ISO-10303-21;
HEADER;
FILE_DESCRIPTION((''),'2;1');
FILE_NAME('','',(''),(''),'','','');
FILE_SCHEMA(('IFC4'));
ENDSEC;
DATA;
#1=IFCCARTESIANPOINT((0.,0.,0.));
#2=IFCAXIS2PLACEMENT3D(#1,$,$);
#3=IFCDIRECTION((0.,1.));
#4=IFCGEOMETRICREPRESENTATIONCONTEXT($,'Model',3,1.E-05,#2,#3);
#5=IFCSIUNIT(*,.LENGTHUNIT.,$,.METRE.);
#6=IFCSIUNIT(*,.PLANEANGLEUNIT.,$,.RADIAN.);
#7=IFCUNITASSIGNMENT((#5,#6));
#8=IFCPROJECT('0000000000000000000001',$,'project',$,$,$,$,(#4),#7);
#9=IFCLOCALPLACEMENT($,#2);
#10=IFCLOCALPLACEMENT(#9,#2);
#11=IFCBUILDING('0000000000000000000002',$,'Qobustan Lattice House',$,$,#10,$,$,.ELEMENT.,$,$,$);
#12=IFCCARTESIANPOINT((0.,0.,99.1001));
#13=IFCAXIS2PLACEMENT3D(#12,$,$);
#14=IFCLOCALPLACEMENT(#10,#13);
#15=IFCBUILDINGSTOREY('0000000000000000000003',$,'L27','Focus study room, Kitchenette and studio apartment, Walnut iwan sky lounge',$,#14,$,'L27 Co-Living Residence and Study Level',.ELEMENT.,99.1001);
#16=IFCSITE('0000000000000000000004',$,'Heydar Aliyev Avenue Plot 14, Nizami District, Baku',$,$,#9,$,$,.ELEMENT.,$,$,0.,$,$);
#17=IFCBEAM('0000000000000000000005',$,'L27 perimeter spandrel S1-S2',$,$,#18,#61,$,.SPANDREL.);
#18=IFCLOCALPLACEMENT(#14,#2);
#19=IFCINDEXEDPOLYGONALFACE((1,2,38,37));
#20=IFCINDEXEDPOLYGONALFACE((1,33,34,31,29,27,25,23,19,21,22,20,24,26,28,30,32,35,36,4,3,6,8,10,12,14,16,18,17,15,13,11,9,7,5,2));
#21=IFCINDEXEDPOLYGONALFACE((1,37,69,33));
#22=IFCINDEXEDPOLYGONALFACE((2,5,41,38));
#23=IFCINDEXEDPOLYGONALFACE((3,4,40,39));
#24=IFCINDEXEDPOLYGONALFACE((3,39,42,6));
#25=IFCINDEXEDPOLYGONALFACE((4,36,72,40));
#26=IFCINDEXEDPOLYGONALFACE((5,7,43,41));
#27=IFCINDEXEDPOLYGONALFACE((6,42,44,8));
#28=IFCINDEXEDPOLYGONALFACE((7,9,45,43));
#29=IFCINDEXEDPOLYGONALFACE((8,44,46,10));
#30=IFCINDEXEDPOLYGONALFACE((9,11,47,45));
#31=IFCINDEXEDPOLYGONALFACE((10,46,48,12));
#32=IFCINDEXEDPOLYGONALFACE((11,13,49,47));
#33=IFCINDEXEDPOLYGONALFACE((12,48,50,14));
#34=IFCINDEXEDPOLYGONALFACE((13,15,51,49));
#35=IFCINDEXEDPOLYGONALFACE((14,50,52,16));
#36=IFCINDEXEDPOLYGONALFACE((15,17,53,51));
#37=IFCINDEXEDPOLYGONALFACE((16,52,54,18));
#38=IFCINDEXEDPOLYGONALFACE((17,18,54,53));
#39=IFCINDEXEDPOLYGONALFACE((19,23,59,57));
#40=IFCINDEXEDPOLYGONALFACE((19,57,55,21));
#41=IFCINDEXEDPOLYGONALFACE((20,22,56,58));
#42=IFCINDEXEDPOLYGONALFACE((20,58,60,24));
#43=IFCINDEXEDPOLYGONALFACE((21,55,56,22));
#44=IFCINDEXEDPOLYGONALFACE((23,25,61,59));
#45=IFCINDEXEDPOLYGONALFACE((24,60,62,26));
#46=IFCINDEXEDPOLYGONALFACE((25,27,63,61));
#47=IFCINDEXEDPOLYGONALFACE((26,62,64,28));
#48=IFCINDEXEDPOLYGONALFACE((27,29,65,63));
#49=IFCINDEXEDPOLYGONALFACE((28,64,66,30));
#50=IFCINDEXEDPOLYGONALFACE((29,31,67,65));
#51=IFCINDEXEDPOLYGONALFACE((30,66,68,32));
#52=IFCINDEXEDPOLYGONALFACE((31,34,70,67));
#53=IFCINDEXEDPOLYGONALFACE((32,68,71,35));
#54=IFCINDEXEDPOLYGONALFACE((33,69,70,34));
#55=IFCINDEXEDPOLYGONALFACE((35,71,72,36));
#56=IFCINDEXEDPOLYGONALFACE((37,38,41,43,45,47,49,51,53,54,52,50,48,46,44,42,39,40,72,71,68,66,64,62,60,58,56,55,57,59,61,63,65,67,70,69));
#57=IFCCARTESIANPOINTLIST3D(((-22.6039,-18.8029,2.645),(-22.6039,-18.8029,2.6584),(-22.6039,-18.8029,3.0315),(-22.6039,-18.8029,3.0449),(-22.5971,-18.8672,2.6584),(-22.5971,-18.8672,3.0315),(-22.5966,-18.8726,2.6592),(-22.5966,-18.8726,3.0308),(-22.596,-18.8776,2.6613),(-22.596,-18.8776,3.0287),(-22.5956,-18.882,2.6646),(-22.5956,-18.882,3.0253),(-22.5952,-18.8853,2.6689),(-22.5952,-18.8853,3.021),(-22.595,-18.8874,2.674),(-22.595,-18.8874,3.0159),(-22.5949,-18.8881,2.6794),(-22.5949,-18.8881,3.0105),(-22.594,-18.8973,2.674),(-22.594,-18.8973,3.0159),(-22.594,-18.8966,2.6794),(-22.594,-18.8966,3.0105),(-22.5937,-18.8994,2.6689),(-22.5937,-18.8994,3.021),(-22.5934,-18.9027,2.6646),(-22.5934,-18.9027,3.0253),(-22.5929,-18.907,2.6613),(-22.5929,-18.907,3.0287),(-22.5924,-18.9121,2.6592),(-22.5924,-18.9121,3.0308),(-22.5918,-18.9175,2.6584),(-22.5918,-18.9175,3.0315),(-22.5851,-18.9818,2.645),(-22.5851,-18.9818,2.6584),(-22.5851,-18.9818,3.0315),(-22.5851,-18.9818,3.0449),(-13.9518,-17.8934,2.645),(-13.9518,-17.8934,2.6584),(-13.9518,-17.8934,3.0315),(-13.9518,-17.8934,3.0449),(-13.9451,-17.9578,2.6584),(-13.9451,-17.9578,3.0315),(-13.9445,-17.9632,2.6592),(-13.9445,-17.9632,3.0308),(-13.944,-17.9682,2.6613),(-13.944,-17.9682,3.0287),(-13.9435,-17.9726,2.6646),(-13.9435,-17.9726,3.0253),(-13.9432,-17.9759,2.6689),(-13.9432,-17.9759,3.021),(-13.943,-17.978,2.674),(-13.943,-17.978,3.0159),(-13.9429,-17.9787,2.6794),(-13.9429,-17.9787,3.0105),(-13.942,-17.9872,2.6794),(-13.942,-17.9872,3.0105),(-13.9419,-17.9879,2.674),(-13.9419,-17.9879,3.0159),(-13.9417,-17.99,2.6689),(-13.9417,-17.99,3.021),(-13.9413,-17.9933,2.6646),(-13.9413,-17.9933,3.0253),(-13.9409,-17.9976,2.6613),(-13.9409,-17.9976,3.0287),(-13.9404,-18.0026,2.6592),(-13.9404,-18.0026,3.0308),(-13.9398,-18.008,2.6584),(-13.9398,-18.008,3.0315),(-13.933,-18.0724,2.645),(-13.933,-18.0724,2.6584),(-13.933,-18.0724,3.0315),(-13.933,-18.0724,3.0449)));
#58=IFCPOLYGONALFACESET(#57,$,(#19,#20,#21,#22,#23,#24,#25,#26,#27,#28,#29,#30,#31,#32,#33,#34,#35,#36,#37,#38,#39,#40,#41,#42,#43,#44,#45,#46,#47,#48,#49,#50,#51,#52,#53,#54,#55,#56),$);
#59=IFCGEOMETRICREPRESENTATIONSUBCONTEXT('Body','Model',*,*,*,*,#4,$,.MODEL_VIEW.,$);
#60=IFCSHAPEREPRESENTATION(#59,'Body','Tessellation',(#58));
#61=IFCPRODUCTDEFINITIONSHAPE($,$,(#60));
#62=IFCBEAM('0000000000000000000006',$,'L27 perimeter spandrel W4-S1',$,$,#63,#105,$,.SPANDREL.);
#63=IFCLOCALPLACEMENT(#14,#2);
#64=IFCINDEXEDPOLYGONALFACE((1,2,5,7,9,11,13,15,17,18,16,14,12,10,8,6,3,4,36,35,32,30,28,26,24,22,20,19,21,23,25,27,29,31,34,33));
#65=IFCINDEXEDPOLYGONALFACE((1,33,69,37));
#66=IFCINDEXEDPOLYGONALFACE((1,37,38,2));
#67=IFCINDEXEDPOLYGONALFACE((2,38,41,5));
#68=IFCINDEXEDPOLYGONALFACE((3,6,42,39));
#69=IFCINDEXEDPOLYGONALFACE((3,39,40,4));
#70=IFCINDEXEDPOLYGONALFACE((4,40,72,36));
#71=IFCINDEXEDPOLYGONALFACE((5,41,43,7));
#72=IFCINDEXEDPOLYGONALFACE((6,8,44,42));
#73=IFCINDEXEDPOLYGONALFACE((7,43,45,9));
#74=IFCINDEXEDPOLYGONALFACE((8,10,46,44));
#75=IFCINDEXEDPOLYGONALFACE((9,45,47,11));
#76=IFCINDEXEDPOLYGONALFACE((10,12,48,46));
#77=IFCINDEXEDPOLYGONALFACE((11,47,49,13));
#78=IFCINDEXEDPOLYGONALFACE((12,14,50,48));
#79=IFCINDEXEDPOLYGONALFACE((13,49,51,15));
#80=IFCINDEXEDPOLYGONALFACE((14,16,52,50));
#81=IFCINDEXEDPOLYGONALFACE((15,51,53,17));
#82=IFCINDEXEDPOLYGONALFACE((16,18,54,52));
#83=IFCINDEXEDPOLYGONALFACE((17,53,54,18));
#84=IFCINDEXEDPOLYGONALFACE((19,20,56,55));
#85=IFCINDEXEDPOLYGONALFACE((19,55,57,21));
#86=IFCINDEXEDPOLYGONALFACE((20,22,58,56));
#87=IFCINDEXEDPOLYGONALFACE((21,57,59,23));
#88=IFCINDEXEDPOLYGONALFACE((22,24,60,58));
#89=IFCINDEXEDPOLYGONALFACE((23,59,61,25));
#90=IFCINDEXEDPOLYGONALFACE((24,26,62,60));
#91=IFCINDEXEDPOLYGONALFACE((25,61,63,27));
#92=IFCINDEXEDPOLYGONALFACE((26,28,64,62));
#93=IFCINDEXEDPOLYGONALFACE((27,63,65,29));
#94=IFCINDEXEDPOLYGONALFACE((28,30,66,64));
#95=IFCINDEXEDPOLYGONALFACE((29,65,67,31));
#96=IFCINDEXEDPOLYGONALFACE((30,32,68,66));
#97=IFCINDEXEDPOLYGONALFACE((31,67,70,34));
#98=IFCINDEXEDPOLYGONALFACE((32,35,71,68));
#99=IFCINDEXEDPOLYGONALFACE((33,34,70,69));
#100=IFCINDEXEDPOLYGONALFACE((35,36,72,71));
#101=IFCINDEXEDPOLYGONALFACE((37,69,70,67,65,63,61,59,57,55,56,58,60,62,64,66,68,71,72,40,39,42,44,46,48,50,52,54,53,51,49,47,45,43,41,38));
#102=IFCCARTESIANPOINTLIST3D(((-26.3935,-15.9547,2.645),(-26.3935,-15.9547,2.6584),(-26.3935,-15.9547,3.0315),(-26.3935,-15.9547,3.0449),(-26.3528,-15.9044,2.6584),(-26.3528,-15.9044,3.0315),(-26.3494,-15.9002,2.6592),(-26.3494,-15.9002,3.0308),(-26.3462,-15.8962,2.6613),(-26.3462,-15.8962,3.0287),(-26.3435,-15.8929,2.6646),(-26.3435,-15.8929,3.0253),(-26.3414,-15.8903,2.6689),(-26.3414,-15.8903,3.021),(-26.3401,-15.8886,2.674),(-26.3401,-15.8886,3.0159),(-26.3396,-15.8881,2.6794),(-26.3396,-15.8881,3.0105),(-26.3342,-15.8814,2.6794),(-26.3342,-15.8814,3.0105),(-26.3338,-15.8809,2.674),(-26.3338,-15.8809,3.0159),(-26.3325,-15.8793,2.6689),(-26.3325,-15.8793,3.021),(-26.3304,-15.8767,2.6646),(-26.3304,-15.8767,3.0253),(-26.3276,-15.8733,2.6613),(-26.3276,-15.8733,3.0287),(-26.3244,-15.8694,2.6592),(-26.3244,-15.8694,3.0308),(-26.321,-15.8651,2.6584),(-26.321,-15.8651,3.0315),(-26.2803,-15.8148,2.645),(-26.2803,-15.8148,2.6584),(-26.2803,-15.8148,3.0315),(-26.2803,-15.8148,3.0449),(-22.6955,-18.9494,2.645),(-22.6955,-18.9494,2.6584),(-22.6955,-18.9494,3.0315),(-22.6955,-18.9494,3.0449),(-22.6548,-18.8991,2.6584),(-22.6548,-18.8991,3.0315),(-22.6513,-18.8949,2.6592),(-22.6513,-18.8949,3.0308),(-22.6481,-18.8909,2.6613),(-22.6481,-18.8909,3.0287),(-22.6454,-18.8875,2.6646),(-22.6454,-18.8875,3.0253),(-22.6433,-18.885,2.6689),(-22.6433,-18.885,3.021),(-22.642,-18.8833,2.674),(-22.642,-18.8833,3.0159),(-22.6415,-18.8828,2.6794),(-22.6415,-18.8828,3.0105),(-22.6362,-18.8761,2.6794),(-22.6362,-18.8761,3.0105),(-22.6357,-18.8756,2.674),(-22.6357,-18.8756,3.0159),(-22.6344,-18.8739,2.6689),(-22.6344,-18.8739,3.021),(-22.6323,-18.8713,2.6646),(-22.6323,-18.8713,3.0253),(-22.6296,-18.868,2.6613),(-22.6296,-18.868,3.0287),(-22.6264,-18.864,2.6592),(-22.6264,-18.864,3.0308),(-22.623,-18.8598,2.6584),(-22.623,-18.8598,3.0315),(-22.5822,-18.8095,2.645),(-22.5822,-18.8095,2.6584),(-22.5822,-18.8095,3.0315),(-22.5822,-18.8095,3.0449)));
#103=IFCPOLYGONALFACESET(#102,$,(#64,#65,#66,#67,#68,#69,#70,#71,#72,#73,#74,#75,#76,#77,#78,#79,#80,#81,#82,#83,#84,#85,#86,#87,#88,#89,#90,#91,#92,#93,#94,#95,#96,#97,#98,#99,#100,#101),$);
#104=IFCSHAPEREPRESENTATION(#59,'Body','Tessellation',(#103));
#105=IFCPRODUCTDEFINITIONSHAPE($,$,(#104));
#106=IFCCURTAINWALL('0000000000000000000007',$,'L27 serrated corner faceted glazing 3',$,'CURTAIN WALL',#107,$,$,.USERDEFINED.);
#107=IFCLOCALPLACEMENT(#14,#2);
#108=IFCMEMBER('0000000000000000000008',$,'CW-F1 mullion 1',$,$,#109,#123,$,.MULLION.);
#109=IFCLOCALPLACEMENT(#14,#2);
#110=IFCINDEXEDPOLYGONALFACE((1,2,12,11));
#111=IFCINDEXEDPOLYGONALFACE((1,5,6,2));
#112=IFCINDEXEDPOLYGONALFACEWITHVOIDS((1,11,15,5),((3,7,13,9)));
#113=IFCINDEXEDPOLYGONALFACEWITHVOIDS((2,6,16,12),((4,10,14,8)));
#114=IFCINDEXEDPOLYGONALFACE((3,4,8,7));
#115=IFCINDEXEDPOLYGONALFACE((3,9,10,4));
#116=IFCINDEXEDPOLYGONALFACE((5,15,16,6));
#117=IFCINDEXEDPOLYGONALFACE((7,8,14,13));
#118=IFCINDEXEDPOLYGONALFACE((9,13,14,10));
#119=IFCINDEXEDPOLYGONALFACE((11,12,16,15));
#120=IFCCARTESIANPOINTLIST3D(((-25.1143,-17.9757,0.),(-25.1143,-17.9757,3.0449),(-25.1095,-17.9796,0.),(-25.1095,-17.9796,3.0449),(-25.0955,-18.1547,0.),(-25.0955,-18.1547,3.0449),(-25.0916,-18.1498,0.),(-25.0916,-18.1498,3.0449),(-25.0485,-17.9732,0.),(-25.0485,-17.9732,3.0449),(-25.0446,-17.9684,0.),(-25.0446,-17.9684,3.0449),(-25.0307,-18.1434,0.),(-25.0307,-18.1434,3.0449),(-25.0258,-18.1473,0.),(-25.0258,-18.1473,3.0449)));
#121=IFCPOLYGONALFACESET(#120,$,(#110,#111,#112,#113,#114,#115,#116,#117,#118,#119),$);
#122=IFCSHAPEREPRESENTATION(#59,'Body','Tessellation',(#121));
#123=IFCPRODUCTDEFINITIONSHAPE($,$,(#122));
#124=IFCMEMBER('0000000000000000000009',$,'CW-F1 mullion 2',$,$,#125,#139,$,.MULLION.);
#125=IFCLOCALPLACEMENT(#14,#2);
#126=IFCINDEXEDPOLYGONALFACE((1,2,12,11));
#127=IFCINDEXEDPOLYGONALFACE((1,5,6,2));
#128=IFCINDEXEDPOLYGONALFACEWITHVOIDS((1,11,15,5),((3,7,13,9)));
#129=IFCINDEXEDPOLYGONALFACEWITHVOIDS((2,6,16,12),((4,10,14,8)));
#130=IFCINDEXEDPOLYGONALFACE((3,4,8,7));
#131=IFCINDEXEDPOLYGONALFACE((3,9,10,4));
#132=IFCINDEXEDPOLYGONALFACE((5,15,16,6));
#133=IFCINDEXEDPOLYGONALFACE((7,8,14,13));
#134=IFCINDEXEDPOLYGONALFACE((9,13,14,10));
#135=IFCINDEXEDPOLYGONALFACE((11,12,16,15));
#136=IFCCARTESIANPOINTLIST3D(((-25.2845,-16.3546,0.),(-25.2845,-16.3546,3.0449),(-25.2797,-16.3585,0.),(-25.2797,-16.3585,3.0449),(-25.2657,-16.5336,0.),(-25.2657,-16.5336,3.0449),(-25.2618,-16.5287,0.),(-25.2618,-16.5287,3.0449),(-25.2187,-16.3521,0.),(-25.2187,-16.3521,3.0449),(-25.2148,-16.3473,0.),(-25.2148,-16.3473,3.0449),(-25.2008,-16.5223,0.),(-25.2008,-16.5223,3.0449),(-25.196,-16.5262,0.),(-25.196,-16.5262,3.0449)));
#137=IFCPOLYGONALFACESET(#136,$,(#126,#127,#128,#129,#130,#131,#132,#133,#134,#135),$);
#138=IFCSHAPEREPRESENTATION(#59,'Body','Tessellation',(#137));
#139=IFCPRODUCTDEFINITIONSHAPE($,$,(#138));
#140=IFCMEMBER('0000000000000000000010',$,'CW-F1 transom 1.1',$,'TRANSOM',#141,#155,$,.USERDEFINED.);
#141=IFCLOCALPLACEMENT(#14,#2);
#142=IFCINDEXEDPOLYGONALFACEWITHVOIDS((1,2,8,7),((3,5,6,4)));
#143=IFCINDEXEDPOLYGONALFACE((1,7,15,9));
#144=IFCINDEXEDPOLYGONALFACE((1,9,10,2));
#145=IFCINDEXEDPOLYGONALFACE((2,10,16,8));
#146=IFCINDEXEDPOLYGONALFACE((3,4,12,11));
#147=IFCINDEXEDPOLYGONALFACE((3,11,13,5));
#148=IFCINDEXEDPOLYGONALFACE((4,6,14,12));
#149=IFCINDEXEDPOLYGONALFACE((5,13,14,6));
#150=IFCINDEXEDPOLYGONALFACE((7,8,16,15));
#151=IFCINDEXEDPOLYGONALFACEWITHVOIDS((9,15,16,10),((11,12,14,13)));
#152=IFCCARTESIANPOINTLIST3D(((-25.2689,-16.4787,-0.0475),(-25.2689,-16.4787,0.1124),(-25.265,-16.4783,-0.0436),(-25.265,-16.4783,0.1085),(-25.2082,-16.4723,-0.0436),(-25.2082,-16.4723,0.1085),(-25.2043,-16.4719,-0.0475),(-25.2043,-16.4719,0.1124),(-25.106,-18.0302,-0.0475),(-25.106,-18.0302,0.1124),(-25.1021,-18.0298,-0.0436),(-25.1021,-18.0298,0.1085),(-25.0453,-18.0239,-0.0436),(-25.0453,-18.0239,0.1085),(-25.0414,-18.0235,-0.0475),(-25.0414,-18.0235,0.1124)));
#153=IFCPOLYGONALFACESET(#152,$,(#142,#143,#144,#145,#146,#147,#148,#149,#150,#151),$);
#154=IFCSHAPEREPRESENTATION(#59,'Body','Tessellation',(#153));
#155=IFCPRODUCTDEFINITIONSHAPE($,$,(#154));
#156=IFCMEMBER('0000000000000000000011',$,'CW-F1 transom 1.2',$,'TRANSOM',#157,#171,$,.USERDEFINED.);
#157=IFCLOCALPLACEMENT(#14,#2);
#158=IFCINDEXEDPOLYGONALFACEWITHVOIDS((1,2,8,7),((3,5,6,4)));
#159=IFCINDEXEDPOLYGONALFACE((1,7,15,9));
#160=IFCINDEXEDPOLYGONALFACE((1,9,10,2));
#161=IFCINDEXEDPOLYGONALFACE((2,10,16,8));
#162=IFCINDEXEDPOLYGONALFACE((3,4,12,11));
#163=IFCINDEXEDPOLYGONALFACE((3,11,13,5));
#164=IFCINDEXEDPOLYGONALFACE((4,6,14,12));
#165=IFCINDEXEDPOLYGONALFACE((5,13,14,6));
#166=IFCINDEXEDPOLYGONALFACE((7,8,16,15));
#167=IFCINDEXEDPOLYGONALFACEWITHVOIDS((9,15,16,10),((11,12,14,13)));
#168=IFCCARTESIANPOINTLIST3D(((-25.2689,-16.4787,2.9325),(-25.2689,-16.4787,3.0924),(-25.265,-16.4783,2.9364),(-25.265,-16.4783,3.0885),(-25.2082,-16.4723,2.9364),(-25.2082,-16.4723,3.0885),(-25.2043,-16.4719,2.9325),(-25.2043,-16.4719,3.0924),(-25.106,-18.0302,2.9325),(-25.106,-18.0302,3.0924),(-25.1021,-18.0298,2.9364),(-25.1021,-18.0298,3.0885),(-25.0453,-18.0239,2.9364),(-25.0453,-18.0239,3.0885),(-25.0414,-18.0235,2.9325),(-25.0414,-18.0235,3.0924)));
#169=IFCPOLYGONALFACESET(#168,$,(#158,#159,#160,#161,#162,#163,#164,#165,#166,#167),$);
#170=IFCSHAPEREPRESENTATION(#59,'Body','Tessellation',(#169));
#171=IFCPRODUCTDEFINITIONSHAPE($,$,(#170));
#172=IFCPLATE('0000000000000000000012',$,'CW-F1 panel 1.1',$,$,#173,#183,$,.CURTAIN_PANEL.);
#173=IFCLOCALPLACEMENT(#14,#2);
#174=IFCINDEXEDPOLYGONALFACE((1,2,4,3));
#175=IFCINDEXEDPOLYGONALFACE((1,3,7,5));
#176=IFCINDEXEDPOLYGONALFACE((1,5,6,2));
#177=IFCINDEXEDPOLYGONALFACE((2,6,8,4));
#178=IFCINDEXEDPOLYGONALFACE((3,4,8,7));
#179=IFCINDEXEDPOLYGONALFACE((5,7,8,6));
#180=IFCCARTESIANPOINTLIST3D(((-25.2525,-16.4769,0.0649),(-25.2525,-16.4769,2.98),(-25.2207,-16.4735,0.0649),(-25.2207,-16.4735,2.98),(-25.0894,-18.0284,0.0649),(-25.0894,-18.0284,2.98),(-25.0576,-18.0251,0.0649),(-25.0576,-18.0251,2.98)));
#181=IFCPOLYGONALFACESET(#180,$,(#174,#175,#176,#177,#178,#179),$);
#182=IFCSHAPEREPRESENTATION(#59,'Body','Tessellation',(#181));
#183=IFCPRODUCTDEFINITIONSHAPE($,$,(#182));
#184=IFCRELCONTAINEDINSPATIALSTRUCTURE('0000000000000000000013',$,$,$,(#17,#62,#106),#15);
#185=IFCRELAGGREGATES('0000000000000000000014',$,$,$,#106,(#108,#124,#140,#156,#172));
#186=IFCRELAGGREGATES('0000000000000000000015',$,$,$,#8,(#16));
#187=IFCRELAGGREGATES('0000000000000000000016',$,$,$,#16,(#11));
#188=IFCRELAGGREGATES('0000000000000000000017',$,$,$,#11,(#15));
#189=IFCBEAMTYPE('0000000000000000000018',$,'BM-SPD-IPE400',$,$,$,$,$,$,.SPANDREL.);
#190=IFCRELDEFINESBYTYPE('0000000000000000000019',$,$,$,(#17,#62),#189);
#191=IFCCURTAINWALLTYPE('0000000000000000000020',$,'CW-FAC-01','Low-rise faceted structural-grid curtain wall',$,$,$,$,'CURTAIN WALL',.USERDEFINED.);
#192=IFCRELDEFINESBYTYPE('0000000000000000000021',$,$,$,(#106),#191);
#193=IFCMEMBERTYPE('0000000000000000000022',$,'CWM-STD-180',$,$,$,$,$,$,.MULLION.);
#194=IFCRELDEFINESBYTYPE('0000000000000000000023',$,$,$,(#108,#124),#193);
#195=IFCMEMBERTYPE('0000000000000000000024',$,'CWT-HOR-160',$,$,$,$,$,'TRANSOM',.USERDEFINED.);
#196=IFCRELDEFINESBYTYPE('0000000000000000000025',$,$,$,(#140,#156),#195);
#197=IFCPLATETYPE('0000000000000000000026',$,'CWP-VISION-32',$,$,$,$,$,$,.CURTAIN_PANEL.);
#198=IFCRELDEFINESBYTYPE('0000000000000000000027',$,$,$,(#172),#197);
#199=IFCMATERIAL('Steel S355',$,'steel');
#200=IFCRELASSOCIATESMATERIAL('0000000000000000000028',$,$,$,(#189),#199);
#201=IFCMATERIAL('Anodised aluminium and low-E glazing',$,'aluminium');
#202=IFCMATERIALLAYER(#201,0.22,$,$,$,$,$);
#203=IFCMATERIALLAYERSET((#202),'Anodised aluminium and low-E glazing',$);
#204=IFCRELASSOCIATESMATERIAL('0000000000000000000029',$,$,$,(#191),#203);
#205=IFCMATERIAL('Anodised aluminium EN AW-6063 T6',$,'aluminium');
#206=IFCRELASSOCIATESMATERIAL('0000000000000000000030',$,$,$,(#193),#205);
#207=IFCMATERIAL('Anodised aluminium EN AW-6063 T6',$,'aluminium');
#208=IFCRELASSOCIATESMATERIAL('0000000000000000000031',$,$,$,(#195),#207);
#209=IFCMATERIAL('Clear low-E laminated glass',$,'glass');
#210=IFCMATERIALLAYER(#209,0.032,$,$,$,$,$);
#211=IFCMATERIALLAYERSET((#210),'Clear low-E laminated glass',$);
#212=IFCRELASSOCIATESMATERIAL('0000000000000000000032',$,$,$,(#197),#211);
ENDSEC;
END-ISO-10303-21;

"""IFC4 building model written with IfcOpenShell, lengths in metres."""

from ifc_helpers import new_model, si_unit, direction, frame, origin, origin_2d, place, context, subcontext, project, spatial, rectangle, hollow_rectangle, i_section, extrude, material, layer, layer_set, material_profile, profile_set, type_object, element, aggregate, save


model = new_model("IFC4")

# Units and contexts
model_context = context("Model", 3, precision=1e-05, world=origin(), true_north=direction((0.0, 1.0)))
body_context = subcontext(model_context, "Body", "Model", "MODEL_VIEW")
ifc_project = project(units=[si_unit("LENGTHUNIT", "METRE"), si_unit("PLANEANGLEUNIT", "RADIAN")], contexts=[model_context])

# Site, building, storey
site_placement = place(None, origin())
site = spatial("IfcSite", under=ifc_project, at=site_placement, Name="Heydar Aliyev Avenue Plot 14, Nizami District, Baku", CompositionType="ELEMENT", RefElevation=0.0)
building_placement = place(site_placement, origin())
building = spatial("IfcBuilding", under=site, at=building_placement, Name="Qobustan Lattice House", CompositionType="ELEMENT")
storey_placement = place(building_placement, frame((0.0, 0.0, 99.1001)))
storey = spatial("IfcBuildingStorey", under=building, at=storey_placement, Name="L27", Description="Focus study room, Kitchenette and studio apartment, Walnut iwan sky lounge", LongName="L27 Co-Living Residence and Study Level", CompositionType="ELEMENT", Elevation=99.1001)

# Beams
ifc_material_1 = material(Name="Steel S355", Category="steel")
ifc_material_profile_1 = material_profile(ifc_material_1, i_section(OverallWidth=0.1799, OverallDepth=0.3999, WebThickness=0.0085, FlangeThickness=0.0134, FilletRadius=0.021, at=origin_2d()), Name="IPE400")
ifc_profile_set_1 = profile_set([ifc_material_profile_1], Name="Steel S355")
beam_type_1 = type_object("IfcBeamType", Name="BM-SPD-IPE400", PredefinedType="SPANDREL", material=ifc_profile_set_1)
beam_1_placement = place(storey_placement, frame((-22.5945, -18.8923, 2.845), z_axis=(0.994521, 0.104534, 0.0), x_axis=(-0.104534, 0.994521, 0.0)))
element("IfcBeam", 1, at=beam_1_placement, inside=storey, type_object=beam_type_1, Name="L27 perimeter spandrel S1-S2", PredefinedType="SPANDREL", context=body_context, shape_type="SweptSolid", body=[
    extrude(i_section(OverallWidth=0.1799, OverallDepth=0.3999, WebThickness=0.0085, FlangeThickness=0.0134, FilletRadius=0.021, at=origin_2d()), origin(), (0.0, 0.0, 1.0), 8.6997),
])
beam_2_placement = place(storey_placement, frame((-26.3369, -15.8848, 2.845), z_axis=(0.777141, -0.629327, 0.0), x_axis=(0.629327, 0.777141, 0.0)))
element("IfcBeam", 2, at=beam_2_placement, inside=storey, type_object=beam_type_1, Name="L27 perimeter spandrel W4-S1", PredefinedType="SPANDREL", context=body_context, shape_type="SweptSolid", body=[
    extrude(i_section(OverallWidth=0.1799, OverallDepth=0.3999, WebThickness=0.0085, FlangeThickness=0.0134, FilletRadius=0.021, at=origin_2d()), origin(), (0.0, 0.0, 1.0), 4.7585),
])

# Curtain wall, members, plate
ifc_material_2 = material(Name="Anodised aluminium and low-E glazing", Category="aluminium")
ifc_layer_1 = layer(ifc_material_2, 0.22)
ifc_layer_set_1 = layer_set([ifc_layer_1], Name="Anodised aluminium and low-E glazing")
curtain_wall_type = type_object("IfcCurtainWallType", Name="CW-FAC-01", Description="Low-rise faceted structural-grid curtain wall", ElementType="CURTAIN WALL", PredefinedType="USERDEFINED", material=ifc_layer_set_1)
curtain_wall_placement = place(storey_placement, origin())
curtain_wall = element("IfcCurtainWall", 3, at=curtain_wall_placement, inside=storey, type_object=curtain_wall_type, Name="L27 serrated corner faceted glazing 3", ObjectType="CURTAIN WALL", PredefinedType="USERDEFINED")
ifc_material_3 = material(Name="Anodised aluminium EN AW-6063 T6", Category="aluminium")
ifc_material_profile_2 = material_profile(ifc_material_3, hollow_rectangle(XDim=0.0701, YDim=0.1799, WallThickness=0.0044, at=origin_2d()), Name="CWM-180x70")
ifc_profile_set_2 = profile_set([ifc_material_profile_2], Name="Anodised aluminium EN AW-6063 T6")
member_type_1 = type_object("IfcMemberType", Name="CWM-STD-180", PredefinedType="MULLION", material=ifc_profile_set_2)
member_1_placement = place(storey_placement, frame((-25.0701, -18.0615, 0.0), z_axis=(0.0, 0.0, 1.0), x_axis=(-0.994522, -0.104529, 0.0)))
member_1 = element("IfcMember", 4, at=member_1_placement, type_object=member_type_1, Name="CW-F1 mullion 1", PredefinedType="MULLION", context=body_context, shape_type="SweptSolid", body=[
    extrude(hollow_rectangle(XDim=0.0701, YDim=0.1799, WallThickness=0.0044, at=origin_2d()), origin(), (0.0, 0.0, 1.0), 3.0449),
])
member_2_placement = place(storey_placement, frame((-25.2402, -16.4404, 0.0), z_axis=(0.0, 0.0, 1.0), x_axis=(-0.994522, -0.104529, 0.0)))
member_2 = element("IfcMember", 5, at=member_2_placement, type_object=member_type_1, Name="CW-F1 mullion 2", PredefinedType="MULLION", context=body_context, shape_type="SweptSolid", body=[
    extrude(hollow_rectangle(XDim=0.0701, YDim=0.1799, WallThickness=0.0044, at=origin_2d()), origin(), (0.0, 0.0, 1.0), 3.0449),
])
ifc_material_4 = material(Name="Anodised aluminium EN AW-6063 T6", Category="aluminium")
ifc_material_profile_3 = material_profile(ifc_material_4, hollow_rectangle(XDim=0.0649, YDim=0.1599, WallThickness=0.0039, at=origin_2d()), Name="CWT-160x65")
ifc_profile_set_3 = profile_set([ifc_material_profile_3], Name="Anodised aluminium EN AW-6063 T6")
member_type_2 = type_object("IfcMemberType", Name="CWT-HOR-160", ElementType="TRANSOM", PredefinedType="USERDEFINED", material=ifc_profile_set_3)
member_3_placement = place(storey_placement, frame((-25.0737, -18.0269, 0.0325), z_axis=(-0.104383, 0.994537, 0.0), x_axis=(-0.994537, -0.104383, 0.0)))
member_3 = element("IfcMember", 6, at=member_3_placement, type_object=member_type_2, Name="CW-F1 transom 1.1", ObjectType="TRANSOM", PredefinedType="USERDEFINED", context=body_context, shape_type="SweptSolid", body=[
    extrude(hollow_rectangle(XDim=0.0649, YDim=0.1599, WallThickness=0.0039, at=origin_2d()), origin(), (0.0, 0.0, 1.0), 1.5601),
])
member_4_placement = place(storey_placement, frame((-25.0737, -18.0269, 3.0125), z_axis=(-0.104383, 0.994537, 0.0), x_axis=(-0.994537, -0.104383, 0.0)))
member_4 = element("IfcMember", 7, at=member_4_placement, type_object=member_type_2, Name="CW-F1 transom 1.2", ObjectType="TRANSOM", PredefinedType="USERDEFINED", context=body_context, shape_type="SweptSolid", body=[
    extrude(hollow_rectangle(XDim=0.0649, YDim=0.1599, WallThickness=0.0039, at=origin_2d()), origin(), (0.0, 0.0, 1.0), 1.5601),
])
ifc_material_5 = material(Name="Clear low-E laminated glass", Category="glass")
ifc_layer_2 = layer(ifc_material_5, 0.032)
ifc_layer_set_2 = layer_set([ifc_layer_2], Name="Clear low-E laminated glass")
plate_type = type_object("IfcPlateType", Name="CWP-VISION-32", PredefinedType="CURTAIN_PANEL", material=ifc_layer_set_2)
plate_placement = place(storey_placement, frame((-25.155, -17.251, 0.0649), z_axis=(0.0, 0.0, 1.0), x_axis=(-0.104529, 0.994522, 0.0)))
plate = element("IfcPlate", 8, at=plate_placement, type_object=plate_type, Name="CW-F1 panel 1.1", PredefinedType="CURTAIN_PANEL", context=body_context, shape_type="SweptSolid", body=[
    extrude(rectangle(XDim=1.5601, YDim=0.032, at=origin_2d()), origin(), (0.0, 0.0, 1.0), 2.915),
])
aggregate(curtain_wall, [member_1, member_2, member_3, member_4, plate])

save(model, "model.ifc")
